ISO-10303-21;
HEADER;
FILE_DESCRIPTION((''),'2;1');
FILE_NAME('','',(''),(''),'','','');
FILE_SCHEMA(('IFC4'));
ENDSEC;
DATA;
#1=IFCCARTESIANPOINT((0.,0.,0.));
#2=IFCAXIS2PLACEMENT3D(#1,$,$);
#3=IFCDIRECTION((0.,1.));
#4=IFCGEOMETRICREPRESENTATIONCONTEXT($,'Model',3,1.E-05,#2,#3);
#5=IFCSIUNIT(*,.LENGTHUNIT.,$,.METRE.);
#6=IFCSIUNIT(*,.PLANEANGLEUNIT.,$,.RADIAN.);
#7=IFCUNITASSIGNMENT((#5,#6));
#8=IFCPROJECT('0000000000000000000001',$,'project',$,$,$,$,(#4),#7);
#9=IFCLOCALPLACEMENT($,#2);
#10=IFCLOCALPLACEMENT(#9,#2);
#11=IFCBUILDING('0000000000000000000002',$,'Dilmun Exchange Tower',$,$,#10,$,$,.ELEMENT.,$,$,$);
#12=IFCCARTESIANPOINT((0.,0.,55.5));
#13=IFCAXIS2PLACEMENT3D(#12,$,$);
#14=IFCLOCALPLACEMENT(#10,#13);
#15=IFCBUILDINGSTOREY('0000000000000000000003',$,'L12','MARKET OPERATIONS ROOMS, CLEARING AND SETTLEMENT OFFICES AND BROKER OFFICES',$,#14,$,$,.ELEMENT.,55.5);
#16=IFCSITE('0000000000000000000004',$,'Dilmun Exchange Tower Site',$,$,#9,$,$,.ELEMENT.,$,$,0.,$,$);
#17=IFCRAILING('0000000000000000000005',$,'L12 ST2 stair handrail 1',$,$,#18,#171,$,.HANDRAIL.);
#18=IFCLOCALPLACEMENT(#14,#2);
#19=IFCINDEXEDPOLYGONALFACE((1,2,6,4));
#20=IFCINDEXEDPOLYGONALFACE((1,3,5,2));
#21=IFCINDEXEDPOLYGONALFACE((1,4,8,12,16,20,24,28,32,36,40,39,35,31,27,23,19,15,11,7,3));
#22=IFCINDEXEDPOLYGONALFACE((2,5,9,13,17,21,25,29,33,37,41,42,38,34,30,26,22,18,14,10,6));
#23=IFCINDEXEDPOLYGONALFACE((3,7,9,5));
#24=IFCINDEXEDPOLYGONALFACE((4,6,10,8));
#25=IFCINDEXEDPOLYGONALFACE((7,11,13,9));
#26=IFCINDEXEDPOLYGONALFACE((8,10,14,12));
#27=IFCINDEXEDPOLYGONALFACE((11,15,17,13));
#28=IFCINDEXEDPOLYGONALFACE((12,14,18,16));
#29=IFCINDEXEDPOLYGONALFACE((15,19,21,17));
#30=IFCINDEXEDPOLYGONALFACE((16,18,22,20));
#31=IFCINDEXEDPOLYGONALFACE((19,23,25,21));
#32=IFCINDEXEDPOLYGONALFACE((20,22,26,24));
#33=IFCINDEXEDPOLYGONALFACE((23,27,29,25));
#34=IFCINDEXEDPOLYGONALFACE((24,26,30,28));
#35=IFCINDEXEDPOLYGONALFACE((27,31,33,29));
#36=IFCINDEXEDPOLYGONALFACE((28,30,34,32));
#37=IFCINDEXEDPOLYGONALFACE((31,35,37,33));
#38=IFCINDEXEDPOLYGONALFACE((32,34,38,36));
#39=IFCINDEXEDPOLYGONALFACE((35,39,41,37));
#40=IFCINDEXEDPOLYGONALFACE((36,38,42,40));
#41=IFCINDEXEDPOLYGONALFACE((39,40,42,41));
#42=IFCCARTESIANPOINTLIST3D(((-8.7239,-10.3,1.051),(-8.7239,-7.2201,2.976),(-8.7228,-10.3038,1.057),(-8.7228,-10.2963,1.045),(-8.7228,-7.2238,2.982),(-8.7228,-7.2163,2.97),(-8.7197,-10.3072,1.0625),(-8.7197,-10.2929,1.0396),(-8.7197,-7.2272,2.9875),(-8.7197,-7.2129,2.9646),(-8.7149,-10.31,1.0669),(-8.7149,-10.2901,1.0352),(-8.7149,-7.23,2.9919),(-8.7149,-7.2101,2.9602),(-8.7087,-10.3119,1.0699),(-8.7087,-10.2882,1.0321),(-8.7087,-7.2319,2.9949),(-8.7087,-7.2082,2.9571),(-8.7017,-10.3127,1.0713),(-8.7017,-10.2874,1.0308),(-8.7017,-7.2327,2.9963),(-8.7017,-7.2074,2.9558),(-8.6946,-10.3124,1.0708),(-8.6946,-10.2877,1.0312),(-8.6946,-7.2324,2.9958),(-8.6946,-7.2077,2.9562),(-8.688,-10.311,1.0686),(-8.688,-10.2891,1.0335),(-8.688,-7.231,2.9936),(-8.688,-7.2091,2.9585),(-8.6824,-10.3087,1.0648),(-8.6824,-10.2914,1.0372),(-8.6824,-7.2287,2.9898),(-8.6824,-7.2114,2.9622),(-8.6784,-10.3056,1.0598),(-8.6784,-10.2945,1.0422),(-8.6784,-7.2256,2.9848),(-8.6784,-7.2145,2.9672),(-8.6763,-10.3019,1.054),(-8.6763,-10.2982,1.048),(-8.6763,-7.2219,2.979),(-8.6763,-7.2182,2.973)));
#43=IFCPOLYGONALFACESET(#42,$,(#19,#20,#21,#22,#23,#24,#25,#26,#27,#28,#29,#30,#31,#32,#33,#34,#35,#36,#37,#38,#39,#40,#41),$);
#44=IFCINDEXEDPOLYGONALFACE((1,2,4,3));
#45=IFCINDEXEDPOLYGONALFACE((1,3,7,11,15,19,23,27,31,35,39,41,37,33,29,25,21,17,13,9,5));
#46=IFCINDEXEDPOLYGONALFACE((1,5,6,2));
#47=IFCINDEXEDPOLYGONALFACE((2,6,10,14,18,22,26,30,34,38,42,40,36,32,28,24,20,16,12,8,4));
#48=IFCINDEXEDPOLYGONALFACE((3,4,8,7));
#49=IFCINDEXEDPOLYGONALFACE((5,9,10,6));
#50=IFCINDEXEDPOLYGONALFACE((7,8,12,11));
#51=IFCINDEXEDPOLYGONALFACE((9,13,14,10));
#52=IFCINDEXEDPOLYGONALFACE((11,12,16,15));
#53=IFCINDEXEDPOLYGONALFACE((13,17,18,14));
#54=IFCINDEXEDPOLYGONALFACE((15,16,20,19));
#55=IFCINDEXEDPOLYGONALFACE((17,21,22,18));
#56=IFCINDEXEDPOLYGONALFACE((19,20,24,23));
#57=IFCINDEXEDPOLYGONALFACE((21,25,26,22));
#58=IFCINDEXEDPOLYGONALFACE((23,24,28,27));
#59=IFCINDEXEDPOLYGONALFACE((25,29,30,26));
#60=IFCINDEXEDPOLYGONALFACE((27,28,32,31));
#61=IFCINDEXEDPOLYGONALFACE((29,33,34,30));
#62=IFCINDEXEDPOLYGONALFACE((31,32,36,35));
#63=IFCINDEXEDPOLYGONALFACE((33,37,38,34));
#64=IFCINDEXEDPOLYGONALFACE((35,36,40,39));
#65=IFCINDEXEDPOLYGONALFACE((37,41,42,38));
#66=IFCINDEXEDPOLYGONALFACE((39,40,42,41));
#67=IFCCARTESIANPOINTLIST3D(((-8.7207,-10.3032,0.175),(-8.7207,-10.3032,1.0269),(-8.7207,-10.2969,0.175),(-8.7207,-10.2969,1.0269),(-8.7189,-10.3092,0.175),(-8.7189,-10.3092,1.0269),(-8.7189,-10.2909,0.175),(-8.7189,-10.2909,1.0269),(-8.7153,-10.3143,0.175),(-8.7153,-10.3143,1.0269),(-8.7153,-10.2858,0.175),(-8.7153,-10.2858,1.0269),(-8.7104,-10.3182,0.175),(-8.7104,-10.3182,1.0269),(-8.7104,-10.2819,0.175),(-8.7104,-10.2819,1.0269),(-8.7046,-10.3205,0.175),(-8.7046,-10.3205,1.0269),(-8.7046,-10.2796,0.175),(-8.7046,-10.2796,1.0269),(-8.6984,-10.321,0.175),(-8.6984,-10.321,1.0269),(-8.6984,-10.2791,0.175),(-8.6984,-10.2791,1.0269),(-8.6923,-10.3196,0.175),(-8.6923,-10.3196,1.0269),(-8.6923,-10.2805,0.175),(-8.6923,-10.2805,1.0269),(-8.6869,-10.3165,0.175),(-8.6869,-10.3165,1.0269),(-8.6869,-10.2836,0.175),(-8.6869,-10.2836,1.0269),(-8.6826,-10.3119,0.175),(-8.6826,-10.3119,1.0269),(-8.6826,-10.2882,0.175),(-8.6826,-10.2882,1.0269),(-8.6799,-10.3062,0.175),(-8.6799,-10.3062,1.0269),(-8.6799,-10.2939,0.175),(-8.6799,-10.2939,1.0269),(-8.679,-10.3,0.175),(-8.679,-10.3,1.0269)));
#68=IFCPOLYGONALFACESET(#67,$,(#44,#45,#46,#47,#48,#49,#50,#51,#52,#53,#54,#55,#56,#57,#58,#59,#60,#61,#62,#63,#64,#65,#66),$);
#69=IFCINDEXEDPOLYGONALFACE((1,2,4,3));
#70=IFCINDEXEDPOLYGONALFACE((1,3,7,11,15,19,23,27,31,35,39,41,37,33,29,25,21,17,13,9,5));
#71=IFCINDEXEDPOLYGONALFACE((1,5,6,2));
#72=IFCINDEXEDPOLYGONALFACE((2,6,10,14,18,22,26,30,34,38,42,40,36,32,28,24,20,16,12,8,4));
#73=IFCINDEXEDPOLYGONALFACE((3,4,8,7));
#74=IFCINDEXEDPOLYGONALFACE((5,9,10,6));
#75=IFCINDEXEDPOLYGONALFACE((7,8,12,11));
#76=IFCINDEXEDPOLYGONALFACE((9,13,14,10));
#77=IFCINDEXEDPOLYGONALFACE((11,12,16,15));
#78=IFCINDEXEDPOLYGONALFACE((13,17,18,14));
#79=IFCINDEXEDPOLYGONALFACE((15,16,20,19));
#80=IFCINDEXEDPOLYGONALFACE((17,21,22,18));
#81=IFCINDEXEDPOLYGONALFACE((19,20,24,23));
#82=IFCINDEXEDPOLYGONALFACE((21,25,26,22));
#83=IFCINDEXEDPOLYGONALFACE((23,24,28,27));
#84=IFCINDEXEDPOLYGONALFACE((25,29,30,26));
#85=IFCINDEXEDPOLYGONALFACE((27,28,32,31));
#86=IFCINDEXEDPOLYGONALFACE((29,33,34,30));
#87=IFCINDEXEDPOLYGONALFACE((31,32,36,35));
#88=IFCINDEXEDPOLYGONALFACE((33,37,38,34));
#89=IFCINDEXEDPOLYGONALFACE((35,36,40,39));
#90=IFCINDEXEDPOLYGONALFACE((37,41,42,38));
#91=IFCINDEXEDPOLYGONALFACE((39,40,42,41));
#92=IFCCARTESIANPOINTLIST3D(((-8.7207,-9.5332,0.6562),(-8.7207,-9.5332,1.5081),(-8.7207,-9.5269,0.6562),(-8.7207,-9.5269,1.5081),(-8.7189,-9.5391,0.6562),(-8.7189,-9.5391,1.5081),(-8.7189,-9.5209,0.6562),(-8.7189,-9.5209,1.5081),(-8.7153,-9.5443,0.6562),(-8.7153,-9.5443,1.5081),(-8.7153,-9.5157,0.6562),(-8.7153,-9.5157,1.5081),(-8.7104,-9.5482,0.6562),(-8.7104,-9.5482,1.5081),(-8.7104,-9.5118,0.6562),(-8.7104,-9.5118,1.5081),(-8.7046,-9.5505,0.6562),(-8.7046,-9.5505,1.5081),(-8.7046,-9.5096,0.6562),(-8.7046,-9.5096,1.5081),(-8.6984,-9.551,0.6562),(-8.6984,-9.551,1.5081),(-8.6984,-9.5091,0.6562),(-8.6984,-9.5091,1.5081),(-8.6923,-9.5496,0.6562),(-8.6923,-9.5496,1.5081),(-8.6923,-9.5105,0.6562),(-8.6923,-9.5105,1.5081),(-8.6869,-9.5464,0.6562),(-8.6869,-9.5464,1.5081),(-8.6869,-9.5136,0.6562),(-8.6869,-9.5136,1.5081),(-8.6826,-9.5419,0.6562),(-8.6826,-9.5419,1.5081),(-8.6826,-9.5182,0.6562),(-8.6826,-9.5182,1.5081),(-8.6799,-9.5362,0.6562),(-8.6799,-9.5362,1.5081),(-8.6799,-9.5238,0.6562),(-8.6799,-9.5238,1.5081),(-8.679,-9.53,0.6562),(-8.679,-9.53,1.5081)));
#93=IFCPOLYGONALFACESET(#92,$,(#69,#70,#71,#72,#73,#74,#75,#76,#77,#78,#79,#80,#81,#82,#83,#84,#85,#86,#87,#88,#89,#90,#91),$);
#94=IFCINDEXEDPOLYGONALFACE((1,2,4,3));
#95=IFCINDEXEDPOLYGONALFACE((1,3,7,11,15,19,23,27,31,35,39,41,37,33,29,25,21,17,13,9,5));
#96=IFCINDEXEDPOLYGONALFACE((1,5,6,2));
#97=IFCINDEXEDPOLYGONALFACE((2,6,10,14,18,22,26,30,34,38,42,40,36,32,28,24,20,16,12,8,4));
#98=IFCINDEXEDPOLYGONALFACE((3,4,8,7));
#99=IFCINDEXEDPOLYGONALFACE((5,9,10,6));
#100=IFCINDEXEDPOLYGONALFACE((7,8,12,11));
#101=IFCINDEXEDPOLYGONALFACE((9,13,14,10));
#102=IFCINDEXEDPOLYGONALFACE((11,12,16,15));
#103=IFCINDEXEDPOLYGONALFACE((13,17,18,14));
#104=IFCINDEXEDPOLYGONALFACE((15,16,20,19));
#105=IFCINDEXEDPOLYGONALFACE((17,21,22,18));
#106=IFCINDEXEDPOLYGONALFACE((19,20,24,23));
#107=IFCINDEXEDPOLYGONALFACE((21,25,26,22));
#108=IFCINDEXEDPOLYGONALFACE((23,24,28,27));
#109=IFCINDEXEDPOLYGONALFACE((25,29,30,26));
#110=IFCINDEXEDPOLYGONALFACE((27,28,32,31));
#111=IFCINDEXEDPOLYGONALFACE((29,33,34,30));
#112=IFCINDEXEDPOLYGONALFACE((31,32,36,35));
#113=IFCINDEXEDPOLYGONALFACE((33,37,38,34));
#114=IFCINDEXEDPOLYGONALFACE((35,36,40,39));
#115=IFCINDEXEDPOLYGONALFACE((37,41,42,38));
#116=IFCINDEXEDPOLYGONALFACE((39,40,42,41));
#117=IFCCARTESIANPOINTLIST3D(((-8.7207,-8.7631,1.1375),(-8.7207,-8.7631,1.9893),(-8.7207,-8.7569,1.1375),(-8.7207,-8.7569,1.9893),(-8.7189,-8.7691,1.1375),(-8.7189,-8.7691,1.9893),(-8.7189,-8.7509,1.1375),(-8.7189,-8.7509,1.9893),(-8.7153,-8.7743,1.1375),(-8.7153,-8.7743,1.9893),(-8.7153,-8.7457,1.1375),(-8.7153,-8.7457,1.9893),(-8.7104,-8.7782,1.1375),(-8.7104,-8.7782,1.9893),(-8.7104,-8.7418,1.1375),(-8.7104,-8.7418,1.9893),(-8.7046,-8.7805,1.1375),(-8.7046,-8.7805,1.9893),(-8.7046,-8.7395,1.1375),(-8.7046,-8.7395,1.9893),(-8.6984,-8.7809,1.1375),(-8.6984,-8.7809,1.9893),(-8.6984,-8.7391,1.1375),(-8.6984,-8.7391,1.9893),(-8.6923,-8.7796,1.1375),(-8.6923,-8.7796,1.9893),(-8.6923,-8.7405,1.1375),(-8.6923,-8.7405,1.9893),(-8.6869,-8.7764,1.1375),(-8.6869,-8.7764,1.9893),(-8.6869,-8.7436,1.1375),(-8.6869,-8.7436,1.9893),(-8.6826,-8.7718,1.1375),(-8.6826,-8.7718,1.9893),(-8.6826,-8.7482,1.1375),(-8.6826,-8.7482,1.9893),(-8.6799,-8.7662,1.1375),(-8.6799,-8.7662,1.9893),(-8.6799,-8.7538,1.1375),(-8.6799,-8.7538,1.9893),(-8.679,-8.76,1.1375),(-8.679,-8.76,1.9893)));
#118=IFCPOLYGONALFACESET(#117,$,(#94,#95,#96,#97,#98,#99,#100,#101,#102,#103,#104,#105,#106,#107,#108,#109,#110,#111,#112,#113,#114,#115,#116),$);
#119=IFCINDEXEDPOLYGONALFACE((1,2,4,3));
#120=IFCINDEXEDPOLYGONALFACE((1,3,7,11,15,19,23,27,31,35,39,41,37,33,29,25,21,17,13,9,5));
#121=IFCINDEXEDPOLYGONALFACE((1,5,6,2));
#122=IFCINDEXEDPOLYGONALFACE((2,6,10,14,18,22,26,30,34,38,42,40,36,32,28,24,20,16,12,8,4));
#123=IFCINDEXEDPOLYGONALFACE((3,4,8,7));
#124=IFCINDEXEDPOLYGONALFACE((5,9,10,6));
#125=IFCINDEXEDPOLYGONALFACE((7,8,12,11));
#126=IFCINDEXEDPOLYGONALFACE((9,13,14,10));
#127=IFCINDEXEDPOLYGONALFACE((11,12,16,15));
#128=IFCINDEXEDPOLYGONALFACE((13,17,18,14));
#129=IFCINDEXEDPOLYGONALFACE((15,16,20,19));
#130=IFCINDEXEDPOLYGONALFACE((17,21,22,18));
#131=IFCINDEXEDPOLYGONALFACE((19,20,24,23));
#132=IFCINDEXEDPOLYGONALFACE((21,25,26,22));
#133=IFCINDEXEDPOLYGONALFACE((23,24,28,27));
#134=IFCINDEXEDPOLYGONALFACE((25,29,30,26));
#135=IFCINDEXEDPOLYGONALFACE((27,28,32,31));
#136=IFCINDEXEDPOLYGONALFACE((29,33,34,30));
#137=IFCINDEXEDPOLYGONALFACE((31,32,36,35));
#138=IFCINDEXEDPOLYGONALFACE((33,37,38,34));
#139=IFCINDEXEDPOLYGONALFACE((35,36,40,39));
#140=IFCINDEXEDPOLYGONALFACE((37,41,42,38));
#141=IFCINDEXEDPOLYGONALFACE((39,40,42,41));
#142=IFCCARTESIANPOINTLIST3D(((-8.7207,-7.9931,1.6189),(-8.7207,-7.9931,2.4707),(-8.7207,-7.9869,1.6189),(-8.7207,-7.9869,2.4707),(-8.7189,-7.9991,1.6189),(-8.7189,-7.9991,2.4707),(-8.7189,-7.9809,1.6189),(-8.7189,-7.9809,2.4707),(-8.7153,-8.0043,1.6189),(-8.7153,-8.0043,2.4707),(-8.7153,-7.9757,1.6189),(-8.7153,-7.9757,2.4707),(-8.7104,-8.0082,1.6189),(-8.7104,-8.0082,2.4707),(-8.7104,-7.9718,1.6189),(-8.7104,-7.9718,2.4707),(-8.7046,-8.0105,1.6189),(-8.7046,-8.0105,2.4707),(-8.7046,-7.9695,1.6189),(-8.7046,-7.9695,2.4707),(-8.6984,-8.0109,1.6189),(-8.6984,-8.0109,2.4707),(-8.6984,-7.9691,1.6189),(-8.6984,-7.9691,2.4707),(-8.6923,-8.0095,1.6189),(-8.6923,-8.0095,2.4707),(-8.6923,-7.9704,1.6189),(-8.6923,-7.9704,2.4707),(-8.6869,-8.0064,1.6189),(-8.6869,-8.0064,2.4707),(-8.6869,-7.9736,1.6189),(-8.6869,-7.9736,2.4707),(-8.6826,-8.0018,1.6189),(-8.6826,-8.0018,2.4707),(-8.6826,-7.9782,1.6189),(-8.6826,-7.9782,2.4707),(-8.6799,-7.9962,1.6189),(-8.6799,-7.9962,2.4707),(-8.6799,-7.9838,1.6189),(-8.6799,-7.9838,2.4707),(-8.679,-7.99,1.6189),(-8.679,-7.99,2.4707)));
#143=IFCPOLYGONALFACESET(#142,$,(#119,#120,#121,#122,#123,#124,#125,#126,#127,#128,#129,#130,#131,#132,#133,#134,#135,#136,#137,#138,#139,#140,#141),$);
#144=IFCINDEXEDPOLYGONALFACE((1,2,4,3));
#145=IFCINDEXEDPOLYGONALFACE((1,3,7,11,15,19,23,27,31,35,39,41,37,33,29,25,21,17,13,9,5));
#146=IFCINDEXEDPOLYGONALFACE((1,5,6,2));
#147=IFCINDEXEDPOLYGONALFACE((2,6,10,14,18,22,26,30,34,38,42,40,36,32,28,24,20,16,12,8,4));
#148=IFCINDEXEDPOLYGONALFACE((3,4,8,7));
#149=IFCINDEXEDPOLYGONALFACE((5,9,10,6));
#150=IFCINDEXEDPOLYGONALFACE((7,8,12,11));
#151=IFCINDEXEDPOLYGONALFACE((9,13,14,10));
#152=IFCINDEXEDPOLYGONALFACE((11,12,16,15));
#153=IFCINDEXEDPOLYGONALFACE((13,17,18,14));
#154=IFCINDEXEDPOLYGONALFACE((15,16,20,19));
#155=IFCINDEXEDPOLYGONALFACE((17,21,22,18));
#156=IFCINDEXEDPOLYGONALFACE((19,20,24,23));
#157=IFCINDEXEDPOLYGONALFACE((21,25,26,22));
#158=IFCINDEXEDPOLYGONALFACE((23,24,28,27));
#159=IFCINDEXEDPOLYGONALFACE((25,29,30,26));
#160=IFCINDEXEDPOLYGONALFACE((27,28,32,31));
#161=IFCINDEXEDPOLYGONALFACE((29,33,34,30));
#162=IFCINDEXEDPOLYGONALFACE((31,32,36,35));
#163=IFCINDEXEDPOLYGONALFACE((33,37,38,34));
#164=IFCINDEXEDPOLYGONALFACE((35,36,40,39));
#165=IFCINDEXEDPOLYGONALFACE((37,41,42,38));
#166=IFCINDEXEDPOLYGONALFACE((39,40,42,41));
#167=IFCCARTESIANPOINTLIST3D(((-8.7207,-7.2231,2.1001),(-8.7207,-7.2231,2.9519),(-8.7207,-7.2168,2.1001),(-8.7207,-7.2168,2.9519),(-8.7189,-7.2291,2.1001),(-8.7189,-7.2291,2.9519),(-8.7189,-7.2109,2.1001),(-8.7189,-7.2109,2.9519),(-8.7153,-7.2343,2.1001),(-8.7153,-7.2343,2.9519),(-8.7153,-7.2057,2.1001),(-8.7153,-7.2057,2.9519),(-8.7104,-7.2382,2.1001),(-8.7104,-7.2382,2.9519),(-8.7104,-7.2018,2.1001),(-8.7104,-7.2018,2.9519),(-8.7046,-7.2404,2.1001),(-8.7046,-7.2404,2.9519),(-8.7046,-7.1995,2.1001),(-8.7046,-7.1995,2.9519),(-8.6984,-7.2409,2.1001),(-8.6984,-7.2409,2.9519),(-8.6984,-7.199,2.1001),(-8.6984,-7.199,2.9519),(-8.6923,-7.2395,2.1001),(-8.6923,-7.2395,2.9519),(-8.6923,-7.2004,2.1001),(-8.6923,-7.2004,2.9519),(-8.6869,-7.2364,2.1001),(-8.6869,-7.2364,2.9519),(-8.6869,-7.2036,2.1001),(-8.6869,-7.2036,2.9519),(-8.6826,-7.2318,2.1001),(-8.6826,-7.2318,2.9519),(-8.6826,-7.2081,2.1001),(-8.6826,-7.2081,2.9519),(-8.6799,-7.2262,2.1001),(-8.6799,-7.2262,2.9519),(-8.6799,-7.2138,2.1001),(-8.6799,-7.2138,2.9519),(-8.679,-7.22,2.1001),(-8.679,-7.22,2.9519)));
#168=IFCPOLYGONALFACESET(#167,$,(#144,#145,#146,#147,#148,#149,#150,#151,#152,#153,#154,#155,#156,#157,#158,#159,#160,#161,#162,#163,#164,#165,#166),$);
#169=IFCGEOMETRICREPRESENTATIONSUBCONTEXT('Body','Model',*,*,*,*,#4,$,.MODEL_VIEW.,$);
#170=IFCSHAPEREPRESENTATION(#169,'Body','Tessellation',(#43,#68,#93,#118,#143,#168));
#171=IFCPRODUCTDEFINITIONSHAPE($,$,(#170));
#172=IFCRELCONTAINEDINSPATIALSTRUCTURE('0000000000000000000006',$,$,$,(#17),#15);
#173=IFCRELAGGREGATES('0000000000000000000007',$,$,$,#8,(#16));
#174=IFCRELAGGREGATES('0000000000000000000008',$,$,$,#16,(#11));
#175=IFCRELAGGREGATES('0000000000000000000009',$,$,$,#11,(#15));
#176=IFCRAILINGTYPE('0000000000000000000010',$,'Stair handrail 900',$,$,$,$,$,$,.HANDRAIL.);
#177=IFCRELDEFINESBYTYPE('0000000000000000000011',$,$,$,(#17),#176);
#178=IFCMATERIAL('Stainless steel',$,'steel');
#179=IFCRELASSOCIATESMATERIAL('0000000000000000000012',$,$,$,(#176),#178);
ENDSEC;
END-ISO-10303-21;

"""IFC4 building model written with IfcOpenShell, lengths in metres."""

from ifc_helpers import new_model, si_unit, direction, frame, origin, origin_2d, place, context, subcontext, project, spatial, circle, extrude, material, type_object, element, save


model = new_model("IFC4")

# Units and contexts
model_context = context("Model", 3, precision=1e-05, world=origin(), true_north=direction((0.0, 1.0)))
body_context = subcontext(model_context, "Body", "Model", "MODEL_VIEW")
ifc_project = project(units=[si_unit("LENGTHUNIT", "METRE"), si_unit("PLANEANGLEUNIT", "RADIAN")], contexts=[model_context])

# Site, building, storey
site_placement = place(None, origin())
site = spatial("IfcSite", under=ifc_project, at=site_placement, Name="Dilmun Exchange Tower Site", CompositionType="ELEMENT", RefElevation=0.0)
building_placement = place(site_placement, origin())
building = spatial("IfcBuilding", under=site, at=building_placement, Name="Dilmun Exchange Tower", CompositionType="ELEMENT")
storey_placement = place(building_placement, frame((0.0, 0.0, 55.5)))
storey = spatial("IfcBuildingStorey", under=building, at=storey_placement, Name="L12", Description="MARKET OPERATIONS ROOMS, CLEARING AND SETTLEMENT OFFICES AND BROKER OFFICES", CompositionType="ELEMENT", Elevation=55.5)

# Railing
ifc_material_1 = material(Name="Stainless steel", Category="steel")
railing_type = type_object("IfcRailingType", Name="Stair handrail 900", PredefinedType="HANDRAIL", material=ifc_material_1)
railing_placement = place(storey_placement, frame((-8.7, -10.3, 0.175)))
element("IfcRailing", 1, at=railing_placement, inside=storey, type_object=railing_type, Name="L12 ST2 stair handrail 1", PredefinedType="HANDRAIL", context=body_context, shape_type="SweptSolid", body=[
    extrude(circle(Radius=0.0239, at=origin_2d()), frame((0.0, 0.0, 0.876), z_axis=(0.0, 0.847998, 0.529999), x_axis=(-1.0, 0.0, 0.0)), (0.0, 0.0, 1.0), 3.6321),
    extrude(circle(Radius=0.021, at=origin_2d()), origin(), (0.0, 0.0, 1.0), 0.8518),
    extrude(circle(Radius=0.021, at=origin_2d()), frame((0.0, 0.77, 0.4812)), (0.0, 0.0, 1.0), 0.8518),
    extrude(circle(Radius=0.021, at=origin_2d()), frame((0.0, 1.54, 0.9624)), (0.0, 0.0, 1.0), 0.8518),
    extrude(circle(Radius=0.021, at=origin_2d()), frame((0.0, 2.3101, 1.4438)), (0.0, 0.0, 1.0), 0.8518),
    extrude(circle(Radius=0.021, at=origin_2d()), frame((0.0, 3.0801, 1.925)), (0.0, 0.0, 1.0), 0.8518),
])

save(model, "model.ifc")
